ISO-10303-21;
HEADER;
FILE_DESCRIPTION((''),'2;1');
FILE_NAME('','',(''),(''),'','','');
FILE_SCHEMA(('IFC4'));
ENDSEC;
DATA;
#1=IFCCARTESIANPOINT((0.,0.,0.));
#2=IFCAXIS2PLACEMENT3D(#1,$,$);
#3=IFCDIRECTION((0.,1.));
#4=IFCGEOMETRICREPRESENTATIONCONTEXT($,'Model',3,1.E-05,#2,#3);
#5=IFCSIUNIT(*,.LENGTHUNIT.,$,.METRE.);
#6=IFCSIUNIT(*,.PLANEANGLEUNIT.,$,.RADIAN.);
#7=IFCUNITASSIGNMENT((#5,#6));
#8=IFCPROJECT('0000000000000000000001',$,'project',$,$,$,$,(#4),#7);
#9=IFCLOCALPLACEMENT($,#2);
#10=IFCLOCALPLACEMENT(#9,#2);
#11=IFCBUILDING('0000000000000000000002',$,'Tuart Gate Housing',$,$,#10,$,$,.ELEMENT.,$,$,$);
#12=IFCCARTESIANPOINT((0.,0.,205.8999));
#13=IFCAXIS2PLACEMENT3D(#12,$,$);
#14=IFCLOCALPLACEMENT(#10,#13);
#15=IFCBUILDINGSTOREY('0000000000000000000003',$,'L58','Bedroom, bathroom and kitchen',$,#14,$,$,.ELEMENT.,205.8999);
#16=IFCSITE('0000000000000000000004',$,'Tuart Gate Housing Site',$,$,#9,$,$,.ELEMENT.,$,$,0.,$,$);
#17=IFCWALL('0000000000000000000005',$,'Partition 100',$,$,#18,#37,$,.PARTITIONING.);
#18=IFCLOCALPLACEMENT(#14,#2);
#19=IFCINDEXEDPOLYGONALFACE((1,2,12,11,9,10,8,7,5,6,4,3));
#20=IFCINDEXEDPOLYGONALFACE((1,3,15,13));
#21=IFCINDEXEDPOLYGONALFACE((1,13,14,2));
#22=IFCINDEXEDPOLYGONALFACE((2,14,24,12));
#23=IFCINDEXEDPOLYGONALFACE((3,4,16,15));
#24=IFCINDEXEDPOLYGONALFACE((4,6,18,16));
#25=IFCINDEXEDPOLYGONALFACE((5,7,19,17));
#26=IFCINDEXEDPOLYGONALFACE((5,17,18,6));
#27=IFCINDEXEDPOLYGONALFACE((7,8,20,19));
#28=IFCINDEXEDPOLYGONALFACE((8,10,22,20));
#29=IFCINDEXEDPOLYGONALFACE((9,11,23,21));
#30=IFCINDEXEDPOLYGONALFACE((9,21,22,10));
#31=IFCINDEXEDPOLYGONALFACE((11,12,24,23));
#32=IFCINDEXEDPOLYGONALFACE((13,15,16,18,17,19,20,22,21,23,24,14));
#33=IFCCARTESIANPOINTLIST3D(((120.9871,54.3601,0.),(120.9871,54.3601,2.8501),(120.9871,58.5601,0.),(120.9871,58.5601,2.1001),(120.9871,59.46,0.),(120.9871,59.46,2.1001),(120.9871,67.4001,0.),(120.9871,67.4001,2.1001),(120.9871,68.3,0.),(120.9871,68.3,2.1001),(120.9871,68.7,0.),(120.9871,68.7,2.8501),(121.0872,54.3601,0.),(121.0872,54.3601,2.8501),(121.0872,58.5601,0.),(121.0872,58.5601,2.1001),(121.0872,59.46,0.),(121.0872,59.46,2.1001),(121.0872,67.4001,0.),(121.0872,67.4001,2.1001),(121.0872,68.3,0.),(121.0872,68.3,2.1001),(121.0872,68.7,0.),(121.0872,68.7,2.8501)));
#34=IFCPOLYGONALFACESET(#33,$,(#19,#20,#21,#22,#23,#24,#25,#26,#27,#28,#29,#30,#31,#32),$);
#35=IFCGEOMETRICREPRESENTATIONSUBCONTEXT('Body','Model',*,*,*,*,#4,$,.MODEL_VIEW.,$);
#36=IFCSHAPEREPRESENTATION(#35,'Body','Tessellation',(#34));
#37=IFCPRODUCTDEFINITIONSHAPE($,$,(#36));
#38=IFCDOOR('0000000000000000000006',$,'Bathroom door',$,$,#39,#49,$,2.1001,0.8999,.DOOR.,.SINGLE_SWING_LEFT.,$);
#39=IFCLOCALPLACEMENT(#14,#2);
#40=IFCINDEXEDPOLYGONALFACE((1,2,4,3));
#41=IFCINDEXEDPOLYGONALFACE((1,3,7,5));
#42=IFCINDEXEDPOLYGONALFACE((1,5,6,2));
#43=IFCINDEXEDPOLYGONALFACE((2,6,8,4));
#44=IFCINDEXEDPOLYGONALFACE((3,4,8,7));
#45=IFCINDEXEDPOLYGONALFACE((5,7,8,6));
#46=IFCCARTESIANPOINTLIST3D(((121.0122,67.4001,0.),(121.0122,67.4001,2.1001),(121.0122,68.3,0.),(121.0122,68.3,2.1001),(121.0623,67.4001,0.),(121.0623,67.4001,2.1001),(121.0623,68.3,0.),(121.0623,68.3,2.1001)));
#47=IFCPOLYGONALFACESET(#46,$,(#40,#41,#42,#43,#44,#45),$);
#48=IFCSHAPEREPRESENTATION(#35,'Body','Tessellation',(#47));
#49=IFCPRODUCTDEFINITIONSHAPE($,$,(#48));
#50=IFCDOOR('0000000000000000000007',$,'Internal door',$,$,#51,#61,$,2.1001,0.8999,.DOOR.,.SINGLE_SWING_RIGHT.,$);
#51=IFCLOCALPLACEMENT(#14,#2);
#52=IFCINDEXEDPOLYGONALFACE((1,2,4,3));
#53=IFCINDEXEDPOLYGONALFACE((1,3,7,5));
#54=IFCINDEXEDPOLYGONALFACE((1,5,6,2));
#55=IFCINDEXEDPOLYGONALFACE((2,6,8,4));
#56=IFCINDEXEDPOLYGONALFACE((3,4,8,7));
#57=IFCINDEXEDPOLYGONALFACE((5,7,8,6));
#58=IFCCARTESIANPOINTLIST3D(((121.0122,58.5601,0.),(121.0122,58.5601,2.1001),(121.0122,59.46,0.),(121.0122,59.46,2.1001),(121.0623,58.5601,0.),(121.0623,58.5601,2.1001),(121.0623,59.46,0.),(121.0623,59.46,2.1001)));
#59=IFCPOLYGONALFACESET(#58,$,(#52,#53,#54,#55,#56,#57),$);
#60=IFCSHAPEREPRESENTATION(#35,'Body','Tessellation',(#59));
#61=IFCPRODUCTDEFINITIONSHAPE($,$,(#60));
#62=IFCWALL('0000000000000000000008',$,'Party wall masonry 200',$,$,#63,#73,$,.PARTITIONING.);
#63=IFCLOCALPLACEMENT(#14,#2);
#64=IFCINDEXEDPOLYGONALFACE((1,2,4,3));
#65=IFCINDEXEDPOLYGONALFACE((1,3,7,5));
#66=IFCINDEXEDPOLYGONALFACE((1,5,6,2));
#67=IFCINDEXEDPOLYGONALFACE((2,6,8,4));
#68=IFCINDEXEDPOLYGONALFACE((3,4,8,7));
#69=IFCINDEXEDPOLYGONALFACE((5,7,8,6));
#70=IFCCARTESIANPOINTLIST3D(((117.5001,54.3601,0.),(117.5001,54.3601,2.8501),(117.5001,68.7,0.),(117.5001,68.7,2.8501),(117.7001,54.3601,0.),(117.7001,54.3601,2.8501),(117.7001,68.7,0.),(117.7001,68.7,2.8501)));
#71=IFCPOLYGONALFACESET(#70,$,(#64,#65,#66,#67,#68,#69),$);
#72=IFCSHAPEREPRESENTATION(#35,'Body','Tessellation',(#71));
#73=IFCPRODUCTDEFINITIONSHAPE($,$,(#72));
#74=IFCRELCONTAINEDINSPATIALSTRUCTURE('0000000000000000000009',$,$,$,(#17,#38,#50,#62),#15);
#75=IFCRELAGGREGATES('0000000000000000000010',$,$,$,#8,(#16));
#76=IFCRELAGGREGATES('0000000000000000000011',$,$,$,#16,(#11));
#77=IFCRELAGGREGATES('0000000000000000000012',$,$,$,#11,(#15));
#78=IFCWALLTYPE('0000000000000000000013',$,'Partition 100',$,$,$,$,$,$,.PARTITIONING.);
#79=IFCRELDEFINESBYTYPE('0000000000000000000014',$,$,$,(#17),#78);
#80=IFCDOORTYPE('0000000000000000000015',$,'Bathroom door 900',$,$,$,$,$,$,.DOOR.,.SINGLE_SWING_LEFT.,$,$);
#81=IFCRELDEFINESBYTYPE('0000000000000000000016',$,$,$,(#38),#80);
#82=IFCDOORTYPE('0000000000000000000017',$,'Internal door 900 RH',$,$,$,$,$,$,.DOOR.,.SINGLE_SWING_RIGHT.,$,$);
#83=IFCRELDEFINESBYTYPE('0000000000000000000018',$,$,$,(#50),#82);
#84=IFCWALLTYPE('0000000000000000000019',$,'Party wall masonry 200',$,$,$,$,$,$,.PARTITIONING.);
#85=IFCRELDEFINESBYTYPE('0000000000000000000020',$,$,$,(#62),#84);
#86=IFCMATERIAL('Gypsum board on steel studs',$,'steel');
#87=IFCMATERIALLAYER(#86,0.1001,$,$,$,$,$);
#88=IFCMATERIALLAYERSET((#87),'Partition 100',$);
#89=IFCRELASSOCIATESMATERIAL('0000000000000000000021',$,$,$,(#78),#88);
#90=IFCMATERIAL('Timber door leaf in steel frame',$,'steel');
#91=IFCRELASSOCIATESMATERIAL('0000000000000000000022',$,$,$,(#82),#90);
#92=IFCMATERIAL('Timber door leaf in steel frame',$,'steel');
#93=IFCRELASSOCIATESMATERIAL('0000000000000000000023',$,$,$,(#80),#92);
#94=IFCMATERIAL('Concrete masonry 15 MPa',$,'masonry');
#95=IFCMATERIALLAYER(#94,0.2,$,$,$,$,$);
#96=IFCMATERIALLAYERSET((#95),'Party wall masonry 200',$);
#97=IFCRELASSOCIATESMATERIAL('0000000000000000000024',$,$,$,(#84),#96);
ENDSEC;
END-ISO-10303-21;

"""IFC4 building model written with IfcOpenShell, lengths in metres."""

from ifc_helpers import new_model, si_unit, direction, frame, frame_2d, origin, place, context, subcontext, project, spatial, rectangle, extrude, material, layer, layer_set, type_object, element, fill, save


model = new_model("IFC4")

# Units and contexts
model_context = context("Model", 3, precision=1e-05, world=origin(), true_north=direction((0.0, 1.0)))
body_context = subcontext(model_context, "Body", "Model", "MODEL_VIEW")
ifc_project = project(units=[si_unit("LENGTHUNIT", "METRE"), si_unit("PLANEANGLEUNIT", "RADIAN")], contexts=[model_context])

# Site, building, storey
site_placement = place(None, origin())
site = spatial("IfcSite", under=ifc_project, at=site_placement, Name="Tuart Gate Housing Site", CompositionType="ELEMENT", RefElevation=0.0)
building_placement = place(site_placement, origin())
building = spatial("IfcBuilding", under=site, at=building_placement, Name="Tuart Gate Housing", CompositionType="ELEMENT")
storey_placement = place(building_placement, frame((0.0, 0.0, 205.8999)))
storey = spatial("IfcBuildingStorey", under=building, at=storey_placement, Name="L58", Description="Bedroom, bathroom and kitchen", CompositionType="ELEMENT", Elevation=205.8999)

# Shared definitions
ifc_material_1 = material(Name="Gypsum board on steel studs", Category="steel")
ifc_layer_1 = layer(ifc_material_1, 0.1001)
ifc_layer_set_1 = layer_set([ifc_layer_1], Name="Partition 100")
wall_type_1 = type_object("IfcWallType", Name="Partition 100", PredefinedType="PARTITIONING", material=ifc_layer_set_1)
ifc_material_2 = material(Name="Timber door leaf in steel frame", Category="steel")
door_type_1 = type_object("IfcDoorType", Name="Internal door 900 RH", OperationType="SINGLE_SWING_RIGHT", PredefinedType="DOOR", material=ifc_material_2)

# Wall, openings, doors
wall_1_placement = place(storey_placement, frame((121.0371, 54.3601, 0.0), z_axis=(0.0, 0.0, 1.0), x_axis=(0.0, 1.0, 0.0)))
wall_1 = element("IfcWall", 1, at=wall_1_placement, inside=storey, type_object=wall_type_1, Name="Partition 100", PredefinedType="PARTITIONING", context=body_context, shape_type="SweptSolid", body=[
    extrude(rectangle(XDim=14.3398, YDim=0.1001, at=frame_2d((7.1699, 0.0))), origin(), (0.0, 0.0, 1.0), 2.8501),
])
opening_1_placement = place(wall_1_placement, frame((4.2, 0.0, 0.0)))
opening_1 = element("IfcOpeningElement", 2, at=opening_1_placement, cuts=wall_1, PredefinedType="OPENING", context=body_context, shape_type="SweptSolid", body=[
    extrude(rectangle(XDim=0.8999, YDim=2.1001, at=frame_2d((0.45, 1.05))), frame((0.0, 0.0601, 0.0), z_axis=(0.0, -1.0, 0.0), x_axis=(1.0, 0.0, 0.0)), (0.0, 0.0, 1.0), 0.1201),
])
opening_2_placement = place(wall_1_placement, frame((13.04, 0.0, 0.0)))
opening_2 = element("IfcOpeningElement", 3, at=opening_2_placement, cuts=wall_1, PredefinedType="OPENING", context=body_context, shape_type="SweptSolid", body=[
    extrude(rectangle(XDim=0.8999, YDim=2.1001, at=frame_2d((0.45, 1.05))), frame((0.0, 0.0601, 0.0), z_axis=(0.0, -1.0, 0.0), x_axis=(1.0, 0.0, 0.0)), (0.0, 0.0, 1.0), 0.1201),
])
ifc_material_3 = material(Name="Timber door leaf in steel frame", Category="steel")
door_type_2 = type_object("IfcDoorType", Name="Bathroom door 900", OperationType="SINGLE_SWING_LEFT", PredefinedType="DOOR", material=ifc_material_3)
door_1_placement = place(opening_2_placement, frame((0.8999, 0.0, 0.0), z_axis=(0.0, 0.0, 1.0), x_axis=(-1.0, 0.0, 0.0)))
door_1 = element("IfcDoor", 4, at=door_1_placement, inside=storey, type_object=door_type_2, Name="Bathroom door", OperationType="SINGLE_SWING_LEFT", OverallHeight=2.1001, OverallWidth=0.8999, PredefinedType="DOOR", context=body_context, shape_type="SweptSolid", body=[
    extrude(rectangle(XDim=0.8999, YDim=2.1001, at=frame_2d((0.45, 1.05))), frame((0.0, 0.0251, 0.0), z_axis=(0.0, -1.0, 0.0), x_axis=(1.0, 0.0, 0.0)), (0.0, 0.0, 1.0), 0.05),
])
fill(opening_2, door_1)
door_2_placement = place(opening_1_placement, frame((0.8999, 0.0, 0.0), z_axis=(0.0, 0.0, 1.0), x_axis=(-1.0, 0.0, 0.0)))
door_2 = element("IfcDoor", 5, at=door_2_placement, inside=storey, type_object=door_type_1, Name="Internal door", OperationType="SINGLE_SWING_RIGHT", OverallHeight=2.1001, OverallWidth=0.8999, PredefinedType="DOOR", context=body_context, shape_type="SweptSolid", body=[
    extrude(rectangle(XDim=0.8999, YDim=2.1001, at=frame_2d((0.45, 1.05))), frame((0.0, 0.0251, 0.0), z_axis=(0.0, -1.0, 0.0), x_axis=(1.0, 0.0, 0.0)), (0.0, 0.0, 1.0), 0.05),
])
fill(opening_1, door_2)

# Wall
ifc_material_4 = material(Name="Concrete masonry 15 MPa", Category="masonry")
ifc_layer_2 = layer(ifc_material_4, 0.2)
ifc_layer_set_2 = layer_set([ifc_layer_2], Name="Party wall masonry 200")
wall_type_2 = type_object("IfcWallType", Name="Party wall masonry 200", PredefinedType="PARTITIONING", material=ifc_layer_set_2)
wall_2_placement = place(storey_placement, frame((117.6001, 54.3601, 0.0), z_axis=(0.0, 0.0, 1.0), x_axis=(0.0, 1.0, 0.0)))
element("IfcWall", 6, at=wall_2_placement, inside=storey, type_object=wall_type_2, Name="Party wall masonry 200", PredefinedType="PARTITIONING", context=body_context, shape_type="SweptSolid", body=[
    extrude(rectangle(XDim=14.3398, YDim=0.2, at=frame_2d((7.1699, 0.0))), origin(), (0.0, 0.0, 1.0), 2.8501),
])

save(model, "model.ifc")
